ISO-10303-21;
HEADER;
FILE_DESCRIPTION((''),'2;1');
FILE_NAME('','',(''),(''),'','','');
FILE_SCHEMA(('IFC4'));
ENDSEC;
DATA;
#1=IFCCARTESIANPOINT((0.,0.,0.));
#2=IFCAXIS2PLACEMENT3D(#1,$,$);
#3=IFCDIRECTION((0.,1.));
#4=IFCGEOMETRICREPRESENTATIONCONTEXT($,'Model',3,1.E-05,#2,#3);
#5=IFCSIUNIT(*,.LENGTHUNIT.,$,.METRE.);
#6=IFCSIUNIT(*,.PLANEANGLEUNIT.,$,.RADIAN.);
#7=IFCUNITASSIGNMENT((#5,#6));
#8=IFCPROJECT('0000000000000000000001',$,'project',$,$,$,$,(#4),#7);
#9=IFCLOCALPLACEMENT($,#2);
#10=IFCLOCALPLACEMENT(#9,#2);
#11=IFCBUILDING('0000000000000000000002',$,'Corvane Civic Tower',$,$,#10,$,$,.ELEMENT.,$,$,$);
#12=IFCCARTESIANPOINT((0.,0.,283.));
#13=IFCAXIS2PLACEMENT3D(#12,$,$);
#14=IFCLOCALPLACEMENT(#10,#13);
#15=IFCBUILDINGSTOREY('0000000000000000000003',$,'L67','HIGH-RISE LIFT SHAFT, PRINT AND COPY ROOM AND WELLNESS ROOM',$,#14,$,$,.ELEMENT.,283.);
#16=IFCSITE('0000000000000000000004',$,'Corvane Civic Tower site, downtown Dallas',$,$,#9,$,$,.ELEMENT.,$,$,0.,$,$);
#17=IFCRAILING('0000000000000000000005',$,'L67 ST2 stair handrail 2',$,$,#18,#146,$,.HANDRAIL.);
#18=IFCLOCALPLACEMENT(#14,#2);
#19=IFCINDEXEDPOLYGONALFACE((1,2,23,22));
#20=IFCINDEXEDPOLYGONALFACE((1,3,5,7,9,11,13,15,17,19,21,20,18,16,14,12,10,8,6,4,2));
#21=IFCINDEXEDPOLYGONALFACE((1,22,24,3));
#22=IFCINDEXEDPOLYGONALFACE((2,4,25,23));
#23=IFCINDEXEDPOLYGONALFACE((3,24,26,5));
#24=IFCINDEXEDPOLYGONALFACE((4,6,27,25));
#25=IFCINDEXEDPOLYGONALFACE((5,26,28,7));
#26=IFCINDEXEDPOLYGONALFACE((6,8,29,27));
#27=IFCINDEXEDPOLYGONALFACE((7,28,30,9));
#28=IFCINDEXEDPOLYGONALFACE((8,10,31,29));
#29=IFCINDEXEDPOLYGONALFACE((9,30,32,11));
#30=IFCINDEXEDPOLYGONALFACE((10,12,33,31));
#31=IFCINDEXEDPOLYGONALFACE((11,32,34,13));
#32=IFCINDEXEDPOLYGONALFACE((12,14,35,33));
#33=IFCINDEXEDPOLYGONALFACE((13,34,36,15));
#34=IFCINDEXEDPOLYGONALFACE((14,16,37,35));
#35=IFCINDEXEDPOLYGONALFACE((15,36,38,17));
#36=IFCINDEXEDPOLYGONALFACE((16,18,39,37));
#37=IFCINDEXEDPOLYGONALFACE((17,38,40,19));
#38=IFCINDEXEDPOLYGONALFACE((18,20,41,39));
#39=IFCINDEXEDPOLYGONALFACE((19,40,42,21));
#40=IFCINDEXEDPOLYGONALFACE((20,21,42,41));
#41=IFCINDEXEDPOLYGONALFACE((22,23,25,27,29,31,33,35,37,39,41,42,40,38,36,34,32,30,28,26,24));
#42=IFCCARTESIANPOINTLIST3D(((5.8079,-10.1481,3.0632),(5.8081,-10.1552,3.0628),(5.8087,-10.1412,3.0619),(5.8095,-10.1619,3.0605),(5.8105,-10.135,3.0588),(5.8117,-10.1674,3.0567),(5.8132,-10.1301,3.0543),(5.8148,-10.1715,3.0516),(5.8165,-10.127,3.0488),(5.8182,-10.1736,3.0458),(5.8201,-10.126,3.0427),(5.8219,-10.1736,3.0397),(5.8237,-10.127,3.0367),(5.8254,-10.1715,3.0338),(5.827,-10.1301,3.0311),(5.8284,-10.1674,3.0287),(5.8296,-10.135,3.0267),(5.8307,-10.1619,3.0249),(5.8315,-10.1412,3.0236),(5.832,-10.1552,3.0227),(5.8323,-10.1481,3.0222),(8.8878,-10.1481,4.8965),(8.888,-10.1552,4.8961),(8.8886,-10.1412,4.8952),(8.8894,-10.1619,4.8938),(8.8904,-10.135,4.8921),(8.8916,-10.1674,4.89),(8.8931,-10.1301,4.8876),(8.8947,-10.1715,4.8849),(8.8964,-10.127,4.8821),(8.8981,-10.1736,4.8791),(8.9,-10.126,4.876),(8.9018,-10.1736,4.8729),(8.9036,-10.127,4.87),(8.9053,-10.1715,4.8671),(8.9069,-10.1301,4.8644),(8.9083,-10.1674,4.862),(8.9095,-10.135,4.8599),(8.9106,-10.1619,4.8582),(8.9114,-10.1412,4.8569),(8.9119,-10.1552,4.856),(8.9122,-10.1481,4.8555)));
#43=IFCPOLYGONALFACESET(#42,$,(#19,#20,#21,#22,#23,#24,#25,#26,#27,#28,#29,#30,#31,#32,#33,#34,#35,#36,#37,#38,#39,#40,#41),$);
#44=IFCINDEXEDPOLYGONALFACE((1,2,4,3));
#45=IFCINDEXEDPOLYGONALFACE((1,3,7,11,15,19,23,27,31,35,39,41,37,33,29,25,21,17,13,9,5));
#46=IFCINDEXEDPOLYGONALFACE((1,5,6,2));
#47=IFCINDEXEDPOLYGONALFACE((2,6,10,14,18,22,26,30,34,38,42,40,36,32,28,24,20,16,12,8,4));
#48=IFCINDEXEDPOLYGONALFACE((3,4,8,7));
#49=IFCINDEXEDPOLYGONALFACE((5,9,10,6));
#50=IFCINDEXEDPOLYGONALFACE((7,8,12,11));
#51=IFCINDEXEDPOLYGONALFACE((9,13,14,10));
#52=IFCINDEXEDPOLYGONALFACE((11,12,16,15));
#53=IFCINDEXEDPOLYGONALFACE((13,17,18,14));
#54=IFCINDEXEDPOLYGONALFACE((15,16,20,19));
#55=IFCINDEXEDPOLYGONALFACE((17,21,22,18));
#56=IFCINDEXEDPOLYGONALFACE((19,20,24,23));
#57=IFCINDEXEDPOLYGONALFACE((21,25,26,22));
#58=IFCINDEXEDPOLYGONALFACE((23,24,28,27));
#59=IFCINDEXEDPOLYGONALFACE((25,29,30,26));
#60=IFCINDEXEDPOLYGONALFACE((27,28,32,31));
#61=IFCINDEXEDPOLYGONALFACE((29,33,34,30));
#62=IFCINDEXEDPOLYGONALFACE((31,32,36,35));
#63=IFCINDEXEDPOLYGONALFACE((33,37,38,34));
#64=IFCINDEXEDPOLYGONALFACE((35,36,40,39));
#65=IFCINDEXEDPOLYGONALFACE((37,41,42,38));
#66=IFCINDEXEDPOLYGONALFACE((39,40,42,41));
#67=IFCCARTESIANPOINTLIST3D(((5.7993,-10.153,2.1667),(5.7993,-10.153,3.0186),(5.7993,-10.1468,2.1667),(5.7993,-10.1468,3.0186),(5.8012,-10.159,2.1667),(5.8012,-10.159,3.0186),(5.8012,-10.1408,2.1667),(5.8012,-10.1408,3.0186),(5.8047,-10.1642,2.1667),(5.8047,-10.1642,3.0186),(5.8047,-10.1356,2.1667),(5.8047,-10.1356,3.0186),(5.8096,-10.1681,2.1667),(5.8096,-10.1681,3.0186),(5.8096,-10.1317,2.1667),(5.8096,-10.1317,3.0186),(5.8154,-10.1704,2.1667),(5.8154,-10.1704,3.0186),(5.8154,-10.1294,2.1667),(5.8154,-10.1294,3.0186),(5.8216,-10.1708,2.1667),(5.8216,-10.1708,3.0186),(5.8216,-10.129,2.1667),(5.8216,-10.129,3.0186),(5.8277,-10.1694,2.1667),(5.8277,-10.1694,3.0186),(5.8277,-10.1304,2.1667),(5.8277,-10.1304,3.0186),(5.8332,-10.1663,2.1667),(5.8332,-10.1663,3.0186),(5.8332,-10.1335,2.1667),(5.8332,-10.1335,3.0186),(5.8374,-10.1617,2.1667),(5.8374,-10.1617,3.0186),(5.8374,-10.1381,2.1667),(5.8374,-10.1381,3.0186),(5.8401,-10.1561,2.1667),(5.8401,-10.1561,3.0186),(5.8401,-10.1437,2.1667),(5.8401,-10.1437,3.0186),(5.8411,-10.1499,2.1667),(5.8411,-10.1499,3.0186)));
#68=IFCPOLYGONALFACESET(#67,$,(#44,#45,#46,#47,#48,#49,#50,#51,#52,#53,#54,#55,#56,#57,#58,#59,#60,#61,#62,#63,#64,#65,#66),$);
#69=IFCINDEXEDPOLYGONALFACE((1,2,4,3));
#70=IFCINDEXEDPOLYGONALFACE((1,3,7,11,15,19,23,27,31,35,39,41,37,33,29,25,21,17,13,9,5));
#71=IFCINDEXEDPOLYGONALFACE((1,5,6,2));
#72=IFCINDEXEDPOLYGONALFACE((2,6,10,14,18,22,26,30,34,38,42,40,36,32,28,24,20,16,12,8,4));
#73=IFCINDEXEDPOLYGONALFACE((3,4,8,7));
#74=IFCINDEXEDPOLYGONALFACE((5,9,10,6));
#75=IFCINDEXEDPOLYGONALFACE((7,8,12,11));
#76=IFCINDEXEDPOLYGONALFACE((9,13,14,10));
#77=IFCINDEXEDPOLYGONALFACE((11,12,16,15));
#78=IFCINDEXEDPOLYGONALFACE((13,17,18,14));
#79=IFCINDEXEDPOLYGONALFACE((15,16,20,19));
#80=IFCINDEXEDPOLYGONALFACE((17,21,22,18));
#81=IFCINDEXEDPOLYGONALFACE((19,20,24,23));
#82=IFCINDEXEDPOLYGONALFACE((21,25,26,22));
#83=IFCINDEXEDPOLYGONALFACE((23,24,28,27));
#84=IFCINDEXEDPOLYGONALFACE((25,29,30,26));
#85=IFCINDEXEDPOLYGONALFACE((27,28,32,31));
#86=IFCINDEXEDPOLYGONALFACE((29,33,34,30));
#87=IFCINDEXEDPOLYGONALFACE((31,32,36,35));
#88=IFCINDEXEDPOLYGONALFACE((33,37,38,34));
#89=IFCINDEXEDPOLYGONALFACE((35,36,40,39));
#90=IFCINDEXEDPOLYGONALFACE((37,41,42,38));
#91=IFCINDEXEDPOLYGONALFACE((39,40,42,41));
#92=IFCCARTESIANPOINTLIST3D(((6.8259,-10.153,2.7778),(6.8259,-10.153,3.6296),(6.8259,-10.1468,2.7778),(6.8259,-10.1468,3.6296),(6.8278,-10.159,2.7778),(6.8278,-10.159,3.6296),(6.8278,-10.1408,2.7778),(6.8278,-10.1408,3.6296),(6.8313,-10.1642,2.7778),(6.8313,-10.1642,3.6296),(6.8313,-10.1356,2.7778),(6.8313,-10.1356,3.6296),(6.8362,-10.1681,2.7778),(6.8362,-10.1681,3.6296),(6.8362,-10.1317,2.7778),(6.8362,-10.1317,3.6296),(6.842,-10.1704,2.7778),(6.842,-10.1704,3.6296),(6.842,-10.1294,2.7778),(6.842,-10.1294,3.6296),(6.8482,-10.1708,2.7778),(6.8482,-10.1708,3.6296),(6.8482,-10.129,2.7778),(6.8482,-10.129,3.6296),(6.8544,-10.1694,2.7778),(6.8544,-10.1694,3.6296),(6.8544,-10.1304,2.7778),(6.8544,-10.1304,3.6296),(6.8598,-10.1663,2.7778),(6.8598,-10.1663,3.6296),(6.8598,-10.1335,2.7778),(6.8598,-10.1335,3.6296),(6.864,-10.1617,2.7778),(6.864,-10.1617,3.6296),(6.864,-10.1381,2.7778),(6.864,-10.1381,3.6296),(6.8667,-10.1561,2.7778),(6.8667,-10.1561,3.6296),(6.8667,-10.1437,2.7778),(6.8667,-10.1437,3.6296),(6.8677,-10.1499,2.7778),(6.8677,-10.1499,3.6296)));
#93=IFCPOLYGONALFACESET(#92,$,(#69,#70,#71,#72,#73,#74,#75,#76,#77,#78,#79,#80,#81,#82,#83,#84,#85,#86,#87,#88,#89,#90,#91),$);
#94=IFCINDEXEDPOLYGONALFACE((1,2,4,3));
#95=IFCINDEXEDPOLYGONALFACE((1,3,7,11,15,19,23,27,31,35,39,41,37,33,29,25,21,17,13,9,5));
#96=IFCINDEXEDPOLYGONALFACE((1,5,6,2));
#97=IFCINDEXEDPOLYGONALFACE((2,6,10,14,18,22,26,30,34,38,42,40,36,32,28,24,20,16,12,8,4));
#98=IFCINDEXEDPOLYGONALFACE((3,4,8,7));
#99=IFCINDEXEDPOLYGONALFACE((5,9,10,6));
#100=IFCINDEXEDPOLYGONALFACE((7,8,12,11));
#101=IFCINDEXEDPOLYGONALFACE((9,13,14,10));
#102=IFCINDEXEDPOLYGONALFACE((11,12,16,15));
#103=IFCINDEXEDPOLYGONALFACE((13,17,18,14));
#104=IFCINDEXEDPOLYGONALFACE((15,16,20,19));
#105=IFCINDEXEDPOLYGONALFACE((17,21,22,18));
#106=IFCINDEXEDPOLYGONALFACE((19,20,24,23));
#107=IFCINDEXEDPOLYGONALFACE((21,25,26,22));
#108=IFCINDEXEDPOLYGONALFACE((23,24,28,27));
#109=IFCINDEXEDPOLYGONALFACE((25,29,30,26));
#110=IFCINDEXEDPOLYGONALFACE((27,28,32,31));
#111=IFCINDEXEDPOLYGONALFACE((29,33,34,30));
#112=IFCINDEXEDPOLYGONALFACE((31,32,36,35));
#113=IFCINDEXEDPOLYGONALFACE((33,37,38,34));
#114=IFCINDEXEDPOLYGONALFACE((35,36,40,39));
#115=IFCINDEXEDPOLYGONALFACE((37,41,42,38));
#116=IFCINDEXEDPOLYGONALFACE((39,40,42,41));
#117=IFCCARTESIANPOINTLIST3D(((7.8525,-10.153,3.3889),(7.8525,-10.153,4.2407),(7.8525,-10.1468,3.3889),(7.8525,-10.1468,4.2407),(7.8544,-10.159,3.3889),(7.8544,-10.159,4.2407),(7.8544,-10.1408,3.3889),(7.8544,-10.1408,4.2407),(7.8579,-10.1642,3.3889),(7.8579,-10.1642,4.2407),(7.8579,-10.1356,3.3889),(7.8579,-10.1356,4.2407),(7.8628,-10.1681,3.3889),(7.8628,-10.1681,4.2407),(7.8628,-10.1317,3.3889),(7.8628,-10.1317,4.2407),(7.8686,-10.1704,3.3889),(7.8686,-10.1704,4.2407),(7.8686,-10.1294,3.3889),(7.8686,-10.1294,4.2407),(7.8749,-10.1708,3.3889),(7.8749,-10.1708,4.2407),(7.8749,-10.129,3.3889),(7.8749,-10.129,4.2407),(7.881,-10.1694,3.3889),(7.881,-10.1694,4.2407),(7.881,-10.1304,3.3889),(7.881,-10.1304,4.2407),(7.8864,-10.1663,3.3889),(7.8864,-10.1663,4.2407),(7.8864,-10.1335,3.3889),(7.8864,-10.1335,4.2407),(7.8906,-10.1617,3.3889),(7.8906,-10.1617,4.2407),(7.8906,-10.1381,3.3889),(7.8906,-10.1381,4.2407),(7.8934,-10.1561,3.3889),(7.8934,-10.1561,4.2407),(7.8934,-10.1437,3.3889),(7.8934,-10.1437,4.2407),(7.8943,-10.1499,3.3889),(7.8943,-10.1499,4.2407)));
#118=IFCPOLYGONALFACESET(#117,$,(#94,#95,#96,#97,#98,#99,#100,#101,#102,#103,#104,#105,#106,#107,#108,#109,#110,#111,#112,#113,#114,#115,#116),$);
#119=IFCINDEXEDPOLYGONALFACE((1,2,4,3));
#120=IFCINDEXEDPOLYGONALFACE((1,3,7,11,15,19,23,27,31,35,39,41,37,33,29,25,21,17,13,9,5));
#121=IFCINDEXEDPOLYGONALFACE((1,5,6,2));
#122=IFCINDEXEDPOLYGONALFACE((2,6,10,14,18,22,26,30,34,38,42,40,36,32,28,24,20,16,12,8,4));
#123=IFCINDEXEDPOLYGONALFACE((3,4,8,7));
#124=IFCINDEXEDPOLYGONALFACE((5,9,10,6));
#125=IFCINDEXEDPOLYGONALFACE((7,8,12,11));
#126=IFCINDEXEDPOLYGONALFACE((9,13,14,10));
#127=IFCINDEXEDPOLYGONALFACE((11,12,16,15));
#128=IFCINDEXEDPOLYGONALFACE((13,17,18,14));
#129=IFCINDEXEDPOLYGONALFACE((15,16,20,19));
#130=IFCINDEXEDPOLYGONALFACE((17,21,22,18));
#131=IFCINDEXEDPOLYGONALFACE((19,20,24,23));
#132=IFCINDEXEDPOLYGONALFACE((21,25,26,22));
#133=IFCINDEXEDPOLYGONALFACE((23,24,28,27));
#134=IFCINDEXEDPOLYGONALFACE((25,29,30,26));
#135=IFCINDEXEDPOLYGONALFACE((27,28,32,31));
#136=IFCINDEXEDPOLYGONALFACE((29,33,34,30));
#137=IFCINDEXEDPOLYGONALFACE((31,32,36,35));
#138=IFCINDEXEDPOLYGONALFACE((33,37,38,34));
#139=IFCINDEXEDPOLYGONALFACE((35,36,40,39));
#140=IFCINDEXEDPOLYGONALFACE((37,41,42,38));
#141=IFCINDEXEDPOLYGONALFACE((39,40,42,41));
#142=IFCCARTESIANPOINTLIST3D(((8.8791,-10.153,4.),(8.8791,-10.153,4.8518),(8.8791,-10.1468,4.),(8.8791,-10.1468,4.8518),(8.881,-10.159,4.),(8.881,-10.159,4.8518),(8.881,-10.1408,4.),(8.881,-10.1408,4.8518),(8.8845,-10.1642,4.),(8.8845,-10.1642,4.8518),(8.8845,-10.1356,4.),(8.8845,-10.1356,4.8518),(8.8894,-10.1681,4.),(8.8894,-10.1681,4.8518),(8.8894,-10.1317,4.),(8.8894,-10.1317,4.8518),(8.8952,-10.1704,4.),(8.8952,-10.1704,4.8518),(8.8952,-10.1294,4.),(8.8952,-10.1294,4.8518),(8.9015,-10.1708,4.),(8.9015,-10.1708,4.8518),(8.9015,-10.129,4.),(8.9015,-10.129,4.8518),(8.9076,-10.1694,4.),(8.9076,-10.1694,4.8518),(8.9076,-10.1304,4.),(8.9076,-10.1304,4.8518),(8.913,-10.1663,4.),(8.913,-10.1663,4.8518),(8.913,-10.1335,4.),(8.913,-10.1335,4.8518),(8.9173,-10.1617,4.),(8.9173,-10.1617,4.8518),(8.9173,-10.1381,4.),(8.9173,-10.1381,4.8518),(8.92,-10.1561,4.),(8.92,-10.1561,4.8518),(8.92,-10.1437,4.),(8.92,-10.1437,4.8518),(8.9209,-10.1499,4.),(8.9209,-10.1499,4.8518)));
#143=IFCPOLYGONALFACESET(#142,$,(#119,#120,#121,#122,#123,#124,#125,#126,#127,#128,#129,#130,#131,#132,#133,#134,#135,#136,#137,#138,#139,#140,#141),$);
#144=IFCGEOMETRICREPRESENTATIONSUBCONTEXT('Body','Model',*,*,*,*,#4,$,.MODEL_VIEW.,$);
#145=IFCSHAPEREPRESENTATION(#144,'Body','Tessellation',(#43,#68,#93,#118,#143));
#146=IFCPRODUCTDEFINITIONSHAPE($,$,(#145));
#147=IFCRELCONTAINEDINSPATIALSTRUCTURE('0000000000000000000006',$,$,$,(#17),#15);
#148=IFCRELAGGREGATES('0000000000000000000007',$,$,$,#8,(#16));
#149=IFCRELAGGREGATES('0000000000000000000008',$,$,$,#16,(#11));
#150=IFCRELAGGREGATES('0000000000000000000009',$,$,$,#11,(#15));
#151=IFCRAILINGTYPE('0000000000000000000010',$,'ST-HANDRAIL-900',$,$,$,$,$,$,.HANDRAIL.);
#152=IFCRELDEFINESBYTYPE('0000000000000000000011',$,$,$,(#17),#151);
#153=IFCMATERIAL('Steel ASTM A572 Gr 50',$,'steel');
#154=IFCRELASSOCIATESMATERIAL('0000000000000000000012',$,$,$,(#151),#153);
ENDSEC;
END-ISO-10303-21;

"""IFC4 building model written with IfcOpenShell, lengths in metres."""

from ifc_helpers import new_model, si_unit, direction, frame, origin, origin_2d, place, context, subcontext, project, spatial, circle, extrude, material, type_object, element, save


model = new_model("IFC4")

# Units and contexts
model_context = context("Model", 3, precision=1e-05, world=origin(), true_north=direction((0.0, 1.0)))
body_context = subcontext(model_context, "Body", "Model", "MODEL_VIEW")
ifc_project = project(units=[si_unit("LENGTHUNIT", "METRE"), si_unit("PLANEANGLEUNIT", "RADIAN")], contexts=[model_context])

# Site, building, storey
site_placement = place(None, origin())
site = spatial("IfcSite", under=ifc_project, at=site_placement, Name="Corvane Civic Tower site, downtown Dallas", CompositionType="ELEMENT", RefElevation=0.0)
building_placement = place(site_placement, origin())
building = spatial("IfcBuilding", under=site, at=building_placement, Name="Corvane Civic Tower", CompositionType="ELEMENT")
storey_placement = place(building_placement, frame((0.0, 0.0, 283.0)))
storey = spatial("IfcBuildingStorey", under=building, at=storey_placement, Name="L67", Description="HIGH-RISE LIFT SHAFT, PRINT AND COPY ROOM AND WELLNESS ROOM", CompositionType="ELEMENT", Elevation=283.0)

# Railing
ifc_material_1 = material(Name="Steel ASTM A572 Gr 50", Category="steel")
railing_type_1 = type_object("IfcRailingType", Name="ST-HANDRAIL-900", PredefinedType="HANDRAIL", material=ifc_material_1)
railing_1_placement = place(storey_placement, frame((5.8201, -10.1499, 2.1667)))
element("IfcRailing", 1, at=railing_1_placement, inside=storey, type_object=railing_type_1, Name="L67 ST2 stair handrail 2", PredefinedType="HANDRAIL", context=body_context, shape_type="SweptSolid", body=[
    extrude(circle(Radius=0.0239, at=origin_2d()), frame((0.0, 0.0, 0.876), z_axis=(0.859291, 0.0, 0.511487), x_axis=(0.0, 1.0, 0.0)), (0.0, 0.0, 1.0), 3.5842),
    extrude(circle(Radius=0.021, at=origin_2d()), origin(), (0.0, 0.0, 1.0), 0.8518),
    extrude(circle(Radius=0.021, at=origin_2d()), frame((1.0266, 0.0, 0.6111)), (0.0, 0.0, 1.0), 0.8518),
    extrude(circle(Radius=0.021, at=origin_2d()), frame((2.0532, 0.0, 1.2222)), (0.0, 0.0, 1.0), 0.8518),
    extrude(circle(Radius=0.021, at=origin_2d()), frame((3.0798, 0.0, 1.8333)), (0.0, 0.0, 1.0), 0.8518),
])

save(model, "model.ifc")
